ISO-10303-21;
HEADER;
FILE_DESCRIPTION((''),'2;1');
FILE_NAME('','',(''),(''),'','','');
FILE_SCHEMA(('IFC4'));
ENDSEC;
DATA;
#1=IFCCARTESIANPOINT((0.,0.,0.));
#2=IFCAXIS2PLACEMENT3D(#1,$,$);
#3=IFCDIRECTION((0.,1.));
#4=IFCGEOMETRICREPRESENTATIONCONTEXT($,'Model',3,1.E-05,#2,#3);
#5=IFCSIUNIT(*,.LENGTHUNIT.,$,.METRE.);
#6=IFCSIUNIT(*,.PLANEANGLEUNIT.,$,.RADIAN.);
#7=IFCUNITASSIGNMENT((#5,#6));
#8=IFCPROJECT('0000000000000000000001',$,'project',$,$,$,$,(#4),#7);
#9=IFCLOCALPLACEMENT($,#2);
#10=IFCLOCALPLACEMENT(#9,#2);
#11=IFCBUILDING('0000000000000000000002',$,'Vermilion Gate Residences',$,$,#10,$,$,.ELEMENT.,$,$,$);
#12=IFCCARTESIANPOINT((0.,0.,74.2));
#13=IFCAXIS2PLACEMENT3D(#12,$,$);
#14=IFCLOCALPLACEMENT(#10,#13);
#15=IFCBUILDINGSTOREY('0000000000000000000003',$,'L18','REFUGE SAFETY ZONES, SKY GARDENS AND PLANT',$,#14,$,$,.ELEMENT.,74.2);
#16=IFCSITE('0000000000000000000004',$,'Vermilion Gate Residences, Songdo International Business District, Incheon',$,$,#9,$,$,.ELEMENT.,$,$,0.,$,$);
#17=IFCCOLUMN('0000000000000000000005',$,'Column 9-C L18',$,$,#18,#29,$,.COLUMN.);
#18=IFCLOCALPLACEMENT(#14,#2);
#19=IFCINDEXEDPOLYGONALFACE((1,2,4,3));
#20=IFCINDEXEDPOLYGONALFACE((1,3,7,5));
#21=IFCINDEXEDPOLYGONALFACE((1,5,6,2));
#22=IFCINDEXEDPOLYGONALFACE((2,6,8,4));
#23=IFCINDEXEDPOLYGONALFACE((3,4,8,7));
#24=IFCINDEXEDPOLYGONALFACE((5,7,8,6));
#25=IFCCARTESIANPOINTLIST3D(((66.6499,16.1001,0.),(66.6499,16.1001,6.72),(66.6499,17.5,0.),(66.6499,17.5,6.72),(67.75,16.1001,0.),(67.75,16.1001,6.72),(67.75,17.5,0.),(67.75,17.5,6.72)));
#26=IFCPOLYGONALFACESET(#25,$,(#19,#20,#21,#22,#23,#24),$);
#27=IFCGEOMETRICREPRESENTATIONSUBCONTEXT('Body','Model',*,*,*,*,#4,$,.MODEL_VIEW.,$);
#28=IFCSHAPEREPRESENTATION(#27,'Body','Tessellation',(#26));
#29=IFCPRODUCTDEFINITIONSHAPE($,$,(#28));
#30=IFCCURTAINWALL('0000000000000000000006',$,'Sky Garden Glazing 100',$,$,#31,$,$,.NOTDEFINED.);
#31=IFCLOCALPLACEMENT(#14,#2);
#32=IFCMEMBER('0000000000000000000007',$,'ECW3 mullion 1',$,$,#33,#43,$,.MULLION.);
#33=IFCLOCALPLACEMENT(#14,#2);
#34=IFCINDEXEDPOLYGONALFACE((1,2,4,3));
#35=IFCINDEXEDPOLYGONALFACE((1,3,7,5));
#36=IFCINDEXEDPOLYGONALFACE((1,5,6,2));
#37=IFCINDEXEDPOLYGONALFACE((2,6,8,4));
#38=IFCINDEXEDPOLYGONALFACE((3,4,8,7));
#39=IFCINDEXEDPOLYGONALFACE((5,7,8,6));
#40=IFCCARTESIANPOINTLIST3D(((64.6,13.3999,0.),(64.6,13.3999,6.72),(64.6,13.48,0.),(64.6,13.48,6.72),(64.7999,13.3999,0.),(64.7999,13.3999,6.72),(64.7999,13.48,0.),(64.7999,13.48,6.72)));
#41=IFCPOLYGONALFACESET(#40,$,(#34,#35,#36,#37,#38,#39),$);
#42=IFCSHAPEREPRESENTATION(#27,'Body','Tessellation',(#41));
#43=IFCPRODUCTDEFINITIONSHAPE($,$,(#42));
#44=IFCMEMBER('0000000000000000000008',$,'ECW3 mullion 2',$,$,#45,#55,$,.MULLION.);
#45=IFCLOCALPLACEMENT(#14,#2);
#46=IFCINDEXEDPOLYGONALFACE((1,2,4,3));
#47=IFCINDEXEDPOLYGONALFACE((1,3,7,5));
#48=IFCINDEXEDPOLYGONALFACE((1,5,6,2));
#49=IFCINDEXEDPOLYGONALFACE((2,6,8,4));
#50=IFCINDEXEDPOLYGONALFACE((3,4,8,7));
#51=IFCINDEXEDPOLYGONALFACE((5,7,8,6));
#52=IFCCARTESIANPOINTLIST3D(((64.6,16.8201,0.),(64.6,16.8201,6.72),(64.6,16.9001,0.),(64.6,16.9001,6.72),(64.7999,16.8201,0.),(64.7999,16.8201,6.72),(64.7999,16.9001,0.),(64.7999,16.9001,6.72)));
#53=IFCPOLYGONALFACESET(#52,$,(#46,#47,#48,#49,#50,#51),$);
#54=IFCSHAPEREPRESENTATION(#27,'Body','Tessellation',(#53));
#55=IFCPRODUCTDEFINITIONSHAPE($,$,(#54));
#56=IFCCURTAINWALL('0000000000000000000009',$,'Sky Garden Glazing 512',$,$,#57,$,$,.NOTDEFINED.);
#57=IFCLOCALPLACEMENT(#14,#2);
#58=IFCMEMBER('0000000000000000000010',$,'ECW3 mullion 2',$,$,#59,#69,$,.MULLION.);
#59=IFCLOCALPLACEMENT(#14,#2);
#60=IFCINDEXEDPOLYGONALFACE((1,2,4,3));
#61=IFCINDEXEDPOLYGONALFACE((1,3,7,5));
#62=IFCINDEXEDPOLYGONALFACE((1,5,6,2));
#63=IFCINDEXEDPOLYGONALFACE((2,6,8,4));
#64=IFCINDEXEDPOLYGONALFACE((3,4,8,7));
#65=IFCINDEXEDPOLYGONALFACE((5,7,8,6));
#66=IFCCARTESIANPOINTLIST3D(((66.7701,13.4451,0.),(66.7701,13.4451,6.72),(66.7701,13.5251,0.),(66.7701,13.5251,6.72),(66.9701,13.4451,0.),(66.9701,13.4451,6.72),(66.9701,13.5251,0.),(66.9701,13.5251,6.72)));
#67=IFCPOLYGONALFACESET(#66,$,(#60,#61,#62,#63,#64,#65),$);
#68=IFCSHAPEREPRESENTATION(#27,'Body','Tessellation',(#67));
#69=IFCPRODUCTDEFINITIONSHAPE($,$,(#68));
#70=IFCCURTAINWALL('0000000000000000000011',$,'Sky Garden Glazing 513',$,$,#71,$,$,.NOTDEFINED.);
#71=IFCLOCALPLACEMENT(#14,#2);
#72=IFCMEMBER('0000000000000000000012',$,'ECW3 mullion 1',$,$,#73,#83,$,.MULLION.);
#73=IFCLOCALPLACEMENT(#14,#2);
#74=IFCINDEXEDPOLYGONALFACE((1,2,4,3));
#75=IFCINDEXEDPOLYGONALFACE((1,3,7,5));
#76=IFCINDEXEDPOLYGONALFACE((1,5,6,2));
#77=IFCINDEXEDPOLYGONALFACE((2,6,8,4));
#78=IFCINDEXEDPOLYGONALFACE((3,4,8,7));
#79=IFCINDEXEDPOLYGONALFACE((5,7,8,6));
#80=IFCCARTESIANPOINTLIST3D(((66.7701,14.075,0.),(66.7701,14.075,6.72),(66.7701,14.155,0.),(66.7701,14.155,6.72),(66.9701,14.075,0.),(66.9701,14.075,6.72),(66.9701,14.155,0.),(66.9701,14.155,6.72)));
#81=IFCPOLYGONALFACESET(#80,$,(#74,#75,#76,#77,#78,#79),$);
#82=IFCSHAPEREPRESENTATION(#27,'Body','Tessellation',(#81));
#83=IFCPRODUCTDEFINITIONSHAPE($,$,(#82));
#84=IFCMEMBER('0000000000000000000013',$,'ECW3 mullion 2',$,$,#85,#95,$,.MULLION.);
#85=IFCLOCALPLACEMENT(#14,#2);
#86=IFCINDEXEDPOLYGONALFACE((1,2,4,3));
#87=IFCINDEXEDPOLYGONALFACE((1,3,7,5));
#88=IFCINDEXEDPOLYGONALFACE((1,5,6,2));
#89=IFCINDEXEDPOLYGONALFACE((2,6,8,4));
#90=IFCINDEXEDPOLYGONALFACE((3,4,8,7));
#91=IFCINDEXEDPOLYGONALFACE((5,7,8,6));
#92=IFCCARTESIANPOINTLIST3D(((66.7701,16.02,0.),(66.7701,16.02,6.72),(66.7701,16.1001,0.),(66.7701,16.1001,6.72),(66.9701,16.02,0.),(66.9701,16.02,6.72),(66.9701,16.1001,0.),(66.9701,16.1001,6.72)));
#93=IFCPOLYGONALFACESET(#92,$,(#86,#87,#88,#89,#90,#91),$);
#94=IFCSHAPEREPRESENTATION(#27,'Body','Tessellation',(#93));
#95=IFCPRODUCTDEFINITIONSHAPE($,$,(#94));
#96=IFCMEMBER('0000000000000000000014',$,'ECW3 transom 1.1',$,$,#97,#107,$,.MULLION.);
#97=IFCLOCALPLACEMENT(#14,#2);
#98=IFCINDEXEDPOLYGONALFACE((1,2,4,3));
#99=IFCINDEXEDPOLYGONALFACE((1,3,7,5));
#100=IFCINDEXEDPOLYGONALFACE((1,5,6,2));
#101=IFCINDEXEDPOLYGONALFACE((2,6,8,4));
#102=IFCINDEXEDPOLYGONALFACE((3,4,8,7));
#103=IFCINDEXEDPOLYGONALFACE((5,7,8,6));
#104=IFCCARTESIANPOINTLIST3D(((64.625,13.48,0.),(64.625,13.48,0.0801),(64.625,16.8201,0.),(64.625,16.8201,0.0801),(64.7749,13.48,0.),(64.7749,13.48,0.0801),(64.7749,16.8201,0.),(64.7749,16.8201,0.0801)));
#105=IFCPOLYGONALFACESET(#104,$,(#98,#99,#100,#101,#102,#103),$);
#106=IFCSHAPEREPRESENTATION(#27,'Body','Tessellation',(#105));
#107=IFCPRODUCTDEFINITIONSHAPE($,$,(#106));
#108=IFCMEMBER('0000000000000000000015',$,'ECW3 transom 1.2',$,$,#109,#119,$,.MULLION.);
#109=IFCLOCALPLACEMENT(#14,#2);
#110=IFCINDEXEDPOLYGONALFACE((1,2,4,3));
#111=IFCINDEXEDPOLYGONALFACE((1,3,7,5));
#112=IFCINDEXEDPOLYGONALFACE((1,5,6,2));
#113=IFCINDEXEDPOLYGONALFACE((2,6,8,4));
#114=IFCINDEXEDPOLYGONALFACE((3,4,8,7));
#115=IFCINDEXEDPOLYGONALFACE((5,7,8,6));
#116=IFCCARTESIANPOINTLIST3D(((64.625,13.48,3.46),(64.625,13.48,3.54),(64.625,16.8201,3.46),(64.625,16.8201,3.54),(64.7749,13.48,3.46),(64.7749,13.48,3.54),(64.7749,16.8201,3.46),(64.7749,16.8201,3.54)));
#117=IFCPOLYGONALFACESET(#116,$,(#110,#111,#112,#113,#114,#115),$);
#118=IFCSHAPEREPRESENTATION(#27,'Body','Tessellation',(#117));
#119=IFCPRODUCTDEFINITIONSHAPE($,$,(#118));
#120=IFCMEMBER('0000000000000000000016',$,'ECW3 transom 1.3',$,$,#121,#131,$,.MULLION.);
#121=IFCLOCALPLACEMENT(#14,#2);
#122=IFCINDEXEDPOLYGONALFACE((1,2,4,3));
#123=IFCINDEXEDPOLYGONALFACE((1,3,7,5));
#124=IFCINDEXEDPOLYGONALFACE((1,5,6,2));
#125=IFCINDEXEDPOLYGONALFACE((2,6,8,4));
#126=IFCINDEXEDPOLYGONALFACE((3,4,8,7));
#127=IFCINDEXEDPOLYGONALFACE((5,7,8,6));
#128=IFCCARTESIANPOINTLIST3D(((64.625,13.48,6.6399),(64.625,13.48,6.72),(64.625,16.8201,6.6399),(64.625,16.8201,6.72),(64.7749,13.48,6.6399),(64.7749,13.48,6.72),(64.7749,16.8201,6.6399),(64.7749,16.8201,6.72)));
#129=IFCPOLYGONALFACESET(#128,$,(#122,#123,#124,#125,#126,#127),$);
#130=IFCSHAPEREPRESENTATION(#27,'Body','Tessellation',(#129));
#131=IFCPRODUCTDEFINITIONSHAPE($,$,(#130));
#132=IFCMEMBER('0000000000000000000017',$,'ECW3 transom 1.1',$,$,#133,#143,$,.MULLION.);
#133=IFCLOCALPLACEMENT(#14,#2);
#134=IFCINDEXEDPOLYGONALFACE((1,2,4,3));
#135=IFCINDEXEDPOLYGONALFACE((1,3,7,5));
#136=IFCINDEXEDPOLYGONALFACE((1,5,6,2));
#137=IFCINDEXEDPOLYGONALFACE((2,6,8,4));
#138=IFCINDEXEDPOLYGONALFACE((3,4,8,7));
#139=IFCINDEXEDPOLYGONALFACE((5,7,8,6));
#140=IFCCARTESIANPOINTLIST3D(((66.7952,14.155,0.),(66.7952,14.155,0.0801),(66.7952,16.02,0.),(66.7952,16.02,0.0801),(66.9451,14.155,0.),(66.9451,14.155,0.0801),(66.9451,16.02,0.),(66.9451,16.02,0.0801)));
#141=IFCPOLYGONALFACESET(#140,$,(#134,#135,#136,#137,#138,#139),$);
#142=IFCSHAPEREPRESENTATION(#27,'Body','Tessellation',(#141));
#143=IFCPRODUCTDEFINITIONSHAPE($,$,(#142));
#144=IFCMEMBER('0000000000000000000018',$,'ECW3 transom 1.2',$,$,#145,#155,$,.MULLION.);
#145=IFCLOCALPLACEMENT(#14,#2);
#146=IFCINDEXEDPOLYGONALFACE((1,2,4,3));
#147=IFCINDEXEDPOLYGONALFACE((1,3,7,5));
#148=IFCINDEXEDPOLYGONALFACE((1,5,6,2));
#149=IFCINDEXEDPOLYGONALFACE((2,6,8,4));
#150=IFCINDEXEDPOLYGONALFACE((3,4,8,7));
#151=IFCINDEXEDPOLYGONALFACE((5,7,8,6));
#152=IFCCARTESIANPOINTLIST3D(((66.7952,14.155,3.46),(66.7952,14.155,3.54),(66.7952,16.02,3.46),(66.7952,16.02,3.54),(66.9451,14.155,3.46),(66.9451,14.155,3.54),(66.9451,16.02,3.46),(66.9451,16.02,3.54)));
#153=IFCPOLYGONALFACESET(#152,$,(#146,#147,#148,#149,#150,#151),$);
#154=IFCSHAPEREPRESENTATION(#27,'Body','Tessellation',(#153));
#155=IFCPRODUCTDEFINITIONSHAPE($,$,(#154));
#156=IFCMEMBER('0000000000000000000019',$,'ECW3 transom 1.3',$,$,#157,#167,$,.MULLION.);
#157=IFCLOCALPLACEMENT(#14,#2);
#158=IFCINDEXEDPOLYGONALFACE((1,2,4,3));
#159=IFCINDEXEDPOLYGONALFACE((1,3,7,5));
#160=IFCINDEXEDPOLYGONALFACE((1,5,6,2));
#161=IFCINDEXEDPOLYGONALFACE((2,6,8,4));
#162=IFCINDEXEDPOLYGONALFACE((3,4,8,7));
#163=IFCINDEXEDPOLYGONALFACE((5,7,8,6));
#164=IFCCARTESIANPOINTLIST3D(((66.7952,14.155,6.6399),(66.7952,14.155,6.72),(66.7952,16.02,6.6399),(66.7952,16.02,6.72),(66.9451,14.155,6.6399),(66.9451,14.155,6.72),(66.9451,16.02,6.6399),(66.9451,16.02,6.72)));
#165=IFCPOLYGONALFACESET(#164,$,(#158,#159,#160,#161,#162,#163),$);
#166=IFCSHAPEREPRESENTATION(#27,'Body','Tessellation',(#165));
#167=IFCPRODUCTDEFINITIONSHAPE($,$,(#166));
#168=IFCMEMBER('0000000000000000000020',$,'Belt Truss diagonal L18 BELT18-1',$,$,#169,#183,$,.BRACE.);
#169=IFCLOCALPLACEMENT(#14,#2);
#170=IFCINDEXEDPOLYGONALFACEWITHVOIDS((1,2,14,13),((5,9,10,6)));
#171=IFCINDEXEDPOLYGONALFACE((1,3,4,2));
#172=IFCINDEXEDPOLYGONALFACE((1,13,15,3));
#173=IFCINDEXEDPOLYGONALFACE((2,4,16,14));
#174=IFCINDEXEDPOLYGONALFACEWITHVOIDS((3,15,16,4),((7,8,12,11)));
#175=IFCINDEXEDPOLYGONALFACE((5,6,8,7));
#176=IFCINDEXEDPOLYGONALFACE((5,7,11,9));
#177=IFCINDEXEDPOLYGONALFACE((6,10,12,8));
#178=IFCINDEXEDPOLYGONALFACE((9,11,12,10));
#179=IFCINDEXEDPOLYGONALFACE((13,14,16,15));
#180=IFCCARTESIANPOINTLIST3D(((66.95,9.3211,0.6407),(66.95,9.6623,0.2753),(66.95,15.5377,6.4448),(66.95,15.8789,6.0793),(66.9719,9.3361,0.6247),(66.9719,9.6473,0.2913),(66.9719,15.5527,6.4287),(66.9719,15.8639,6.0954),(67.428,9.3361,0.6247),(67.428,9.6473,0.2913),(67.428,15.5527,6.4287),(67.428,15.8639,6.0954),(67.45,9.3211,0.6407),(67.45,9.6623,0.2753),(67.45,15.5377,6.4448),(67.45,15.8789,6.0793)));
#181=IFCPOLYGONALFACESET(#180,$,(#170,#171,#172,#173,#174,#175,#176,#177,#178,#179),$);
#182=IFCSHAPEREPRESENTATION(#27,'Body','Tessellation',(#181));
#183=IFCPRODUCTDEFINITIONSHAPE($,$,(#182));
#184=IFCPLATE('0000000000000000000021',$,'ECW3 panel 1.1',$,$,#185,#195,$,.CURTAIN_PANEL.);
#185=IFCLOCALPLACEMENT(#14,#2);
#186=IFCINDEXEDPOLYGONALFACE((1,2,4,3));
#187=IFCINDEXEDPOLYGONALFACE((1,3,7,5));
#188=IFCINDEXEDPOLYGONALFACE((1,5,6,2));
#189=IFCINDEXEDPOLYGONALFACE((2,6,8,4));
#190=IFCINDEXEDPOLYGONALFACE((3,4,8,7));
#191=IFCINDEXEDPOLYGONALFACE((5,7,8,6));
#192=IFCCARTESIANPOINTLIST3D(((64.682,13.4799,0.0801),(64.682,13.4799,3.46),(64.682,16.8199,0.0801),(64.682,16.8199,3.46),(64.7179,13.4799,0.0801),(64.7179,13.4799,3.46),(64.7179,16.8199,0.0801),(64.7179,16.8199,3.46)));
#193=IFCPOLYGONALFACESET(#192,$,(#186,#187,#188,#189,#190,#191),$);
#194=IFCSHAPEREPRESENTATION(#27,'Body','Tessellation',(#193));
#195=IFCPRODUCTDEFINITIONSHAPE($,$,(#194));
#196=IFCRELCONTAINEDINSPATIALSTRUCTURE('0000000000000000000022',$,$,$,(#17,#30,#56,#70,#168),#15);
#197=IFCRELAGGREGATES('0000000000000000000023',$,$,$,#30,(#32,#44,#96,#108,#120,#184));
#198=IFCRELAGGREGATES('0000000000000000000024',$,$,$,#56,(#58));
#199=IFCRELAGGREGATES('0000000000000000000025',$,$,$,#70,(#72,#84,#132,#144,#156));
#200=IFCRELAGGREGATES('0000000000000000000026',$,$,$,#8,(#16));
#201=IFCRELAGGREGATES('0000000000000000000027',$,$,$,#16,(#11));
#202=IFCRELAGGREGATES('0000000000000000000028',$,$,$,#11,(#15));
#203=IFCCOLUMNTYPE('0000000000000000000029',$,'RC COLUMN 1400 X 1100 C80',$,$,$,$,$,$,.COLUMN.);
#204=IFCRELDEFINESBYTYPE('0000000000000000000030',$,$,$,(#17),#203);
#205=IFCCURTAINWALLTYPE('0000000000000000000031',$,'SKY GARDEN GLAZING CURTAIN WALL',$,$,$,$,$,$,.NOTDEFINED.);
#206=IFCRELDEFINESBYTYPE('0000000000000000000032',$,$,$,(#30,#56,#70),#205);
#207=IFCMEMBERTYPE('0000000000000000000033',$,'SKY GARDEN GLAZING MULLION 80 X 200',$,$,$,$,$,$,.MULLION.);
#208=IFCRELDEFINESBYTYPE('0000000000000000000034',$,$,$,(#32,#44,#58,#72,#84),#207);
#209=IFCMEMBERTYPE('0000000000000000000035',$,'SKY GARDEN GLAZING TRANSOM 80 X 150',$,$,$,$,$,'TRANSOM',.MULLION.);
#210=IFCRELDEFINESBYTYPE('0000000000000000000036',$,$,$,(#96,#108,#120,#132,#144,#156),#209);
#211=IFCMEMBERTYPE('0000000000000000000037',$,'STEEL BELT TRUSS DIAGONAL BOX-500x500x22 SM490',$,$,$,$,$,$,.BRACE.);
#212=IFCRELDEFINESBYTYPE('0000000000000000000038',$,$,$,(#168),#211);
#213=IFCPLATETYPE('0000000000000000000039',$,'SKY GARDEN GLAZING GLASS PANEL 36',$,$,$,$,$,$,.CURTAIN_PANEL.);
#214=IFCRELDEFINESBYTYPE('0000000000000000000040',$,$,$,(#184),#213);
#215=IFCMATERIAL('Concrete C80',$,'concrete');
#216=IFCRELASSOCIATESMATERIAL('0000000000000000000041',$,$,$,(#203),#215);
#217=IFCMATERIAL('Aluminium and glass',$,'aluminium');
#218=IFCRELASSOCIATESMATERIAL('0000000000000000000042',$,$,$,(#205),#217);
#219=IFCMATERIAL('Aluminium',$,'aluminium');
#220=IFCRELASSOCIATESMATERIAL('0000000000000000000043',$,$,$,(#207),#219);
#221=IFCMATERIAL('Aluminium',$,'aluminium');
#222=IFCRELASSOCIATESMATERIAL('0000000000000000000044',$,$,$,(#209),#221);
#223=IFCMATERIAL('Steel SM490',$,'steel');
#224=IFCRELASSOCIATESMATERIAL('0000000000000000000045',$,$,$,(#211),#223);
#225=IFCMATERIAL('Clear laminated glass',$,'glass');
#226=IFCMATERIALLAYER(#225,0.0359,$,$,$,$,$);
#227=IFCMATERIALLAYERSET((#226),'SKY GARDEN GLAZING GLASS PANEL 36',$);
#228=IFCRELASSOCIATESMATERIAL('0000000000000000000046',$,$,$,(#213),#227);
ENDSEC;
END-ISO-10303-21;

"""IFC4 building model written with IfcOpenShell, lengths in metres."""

from ifc_helpers import new_model, si_unit, direction, frame, origin, origin_2d, place, context, subcontext, project, spatial, rectangle, hollow_rectangle, extrude, material, layer, layer_set, material_profile, profile_set, type_object, element, aggregate, save


model = new_model("IFC4")

# Units and contexts
model_context = context("Model", 3, precision=1e-05, world=origin(), true_north=direction((0.0, 1.0)))
body_context = subcontext(model_context, "Body", "Model", "MODEL_VIEW")
ifc_project = project(units=[si_unit("LENGTHUNIT", "METRE"), si_unit("PLANEANGLEUNIT", "RADIAN")], contexts=[model_context])

# Site, building, storey
site_placement = place(None, origin())
site = spatial("IfcSite", under=ifc_project, at=site_placement, Name="Vermilion Gate Residences, Songdo International Business District, Incheon", CompositionType="ELEMENT", RefElevation=0.0)
building_placement = place(site_placement, origin())
building = spatial("IfcBuilding", under=site, at=building_placement, Name="Vermilion Gate Residences", CompositionType="ELEMENT")
storey_placement = place(building_placement, frame((0.0, 0.0, 74.2)))
storey = spatial("IfcBuildingStorey", under=building, at=storey_placement, Name="L18", Description="REFUGE SAFETY ZONES, SKY GARDENS AND PLANT", CompositionType="ELEMENT", Elevation=74.2)

# Column
ifc_material_1 = material(Name="Concrete C80", Category="concrete")
ifc_material_profile_1 = material_profile(ifc_material_1, rectangle(XDim=1.3999, YDim=1.1001, at=origin_2d()), Name="RC-1400x1100")
ifc_profile_set_1 = profile_set([ifc_material_profile_1], Name="Concrete C80")
column_type = type_object("IfcColumnType", Name="RC COLUMN 1400 X 1100 C80", PredefinedType="COLUMN", material=ifc_profile_set_1)
column_placement = place(storey_placement, frame((67.2, 16.8, 0.0), z_axis=(0.0, 0.0, 1.0), x_axis=(0.0, 1.0, 0.0)))
element("IfcColumn", 1, at=column_placement, inside=storey, type_object=column_type, Name="Column 9-C L18", PredefinedType="COLUMN", context=body_context, shape_type="SweptSolid", body=[
    extrude(rectangle(XDim=1.3999, YDim=1.1001, at=origin_2d()), origin(), (0.0, 0.0, 1.0), 6.72),
])

# Curtain wall, members
ifc_material_2 = material(Name="Aluminium and glass", Category="aluminium")
curtain_wall_type = type_object("IfcCurtainWallType", Name="SKY GARDEN GLAZING CURTAIN WALL", PredefinedType="NOTDEFINED", material=ifc_material_2)
curtain_wall_1_placement = place(storey_placement, origin())
curtain_wall_1 = element("IfcCurtainWall", 2, at=curtain_wall_1_placement, inside=storey, type_object=curtain_wall_type, Name="Sky Garden Glazing 100", PredefinedType="NOTDEFINED")
ifc_material_3 = material(Name="Aluminium", Category="aluminium")
ifc_material_profile_2 = material_profile(ifc_material_3, rectangle(XDim=0.2, YDim=0.0801, at=origin_2d()), Name="MULLION 80 X 200")
ifc_profile_set_2 = profile_set([ifc_material_profile_2], Name="Aluminium")
member_type_1 = type_object("IfcMemberType", Name="SKY GARDEN GLAZING MULLION 80 X 200", PredefinedType="MULLION", material=ifc_profile_set_2)
member_1_placement = place(storey_placement, frame((64.7, 13.4399, 0.0), z_axis=(0.0, 0.0, 1.0), x_axis=(-1.0, 0.0, 0.0)))
member_1 = element("IfcMember", 3, at=member_1_placement, type_object=member_type_1, Name="ECW3 mullion 1", PredefinedType="MULLION", context=body_context, shape_type="SweptSolid", body=[
    extrude(rectangle(XDim=0.2, YDim=0.0801, at=origin_2d()), origin(), (0.0, 0.0, 1.0), 6.72),
])
member_2_placement = place(storey_placement, frame((64.7, 16.8601, 0.0), z_axis=(0.0, 0.0, 1.0), x_axis=(-1.0, 0.0, 0.0)))
member_2 = element("IfcMember", 4, at=member_2_placement, type_object=member_type_1, Name="ECW3 mullion 2", PredefinedType="MULLION", context=body_context, shape_type="SweptSolid", body=[
    extrude(rectangle(XDim=0.2, YDim=0.0801, at=origin_2d()), origin(), (0.0, 0.0, 1.0), 6.72),
])

# Curtain wall, member
curtain_wall_2_placement = place(storey_placement, origin())
curtain_wall_2 = element("IfcCurtainWall", 5, at=curtain_wall_2_placement, inside=storey, type_object=curtain_wall_type, Name="Sky Garden Glazing 512", PredefinedType="NOTDEFINED")
member_3_placement = place(storey_placement, frame((66.8701, 13.4851, 0.0), z_axis=(0.0, 0.0, 1.0), x_axis=(-1.0, 0.0, 0.0)))
member_3 = element("IfcMember", 6, at=member_3_placement, type_object=member_type_1, Name="ECW3 mullion 2", PredefinedType="MULLION", context=body_context, shape_type="SweptSolid", body=[
    extrude(rectangle(XDim=0.2, YDim=0.0801, at=origin_2d()), origin(), (0.0, 0.0, 1.0), 6.72),
])

# Curtain wall, members
curtain_wall_3_placement = place(storey_placement, origin())
curtain_wall_3 = element("IfcCurtainWall", 7, at=curtain_wall_3_placement, inside=storey, type_object=curtain_wall_type, Name="Sky Garden Glazing 513", PredefinedType="NOTDEFINED")
member_4_placement = place(storey_placement, frame((66.8701, 14.115, 0.0), z_axis=(0.0, 0.0, 1.0), x_axis=(-1.0, 0.0, 0.0)))
member_4 = element("IfcMember", 8, at=member_4_placement, type_object=member_type_1, Name="ECW3 mullion 1", PredefinedType="MULLION", context=body_context, shape_type="SweptSolid", body=[
    extrude(rectangle(XDim=0.2, YDim=0.0801, at=origin_2d()), origin(), (0.0, 0.0, 1.0), 6.72),
])
member_5_placement = place(storey_placement, frame((66.8701, 16.0601, 0.0), z_axis=(0.0, 0.0, 1.0), x_axis=(-1.0, 0.0, 0.0)))
member_5 = element("IfcMember", 9, at=member_5_placement, type_object=member_type_1, Name="ECW3 mullion 2", PredefinedType="MULLION", context=body_context, shape_type="SweptSolid", body=[
    extrude(rectangle(XDim=0.2, YDim=0.0801, at=origin_2d()), origin(), (0.0, 0.0, 1.0), 6.72),
])

# Members
ifc_material_4 = material(Name="Aluminium", Category="aluminium")
ifc_material_profile_3 = material_profile(ifc_material_4, rectangle(XDim=0.1499, YDim=0.0801, at=origin_2d()), Name="TRANSOM 80 X 150")
ifc_profile_set_3 = profile_set([ifc_material_profile_3], Name="Aluminium")
member_type_2 = type_object("IfcMemberType", Name="SKY GARDEN GLAZING TRANSOM 80 X 150", ElementType="TRANSOM", PredefinedType="MULLION", material=ifc_profile_set_3)
member_6_placement = place(storey_placement, frame((64.7, 13.48, 0.04), z_axis=(0.0, 1.0, 0.0), x_axis=(-1.0, 0.0, 0.0)))
member_6 = element("IfcMember", 10, at=member_6_placement, type_object=member_type_2, Name="ECW3 transom 1.1", PredefinedType="MULLION", context=body_context, shape_type="SweptSolid", body=[
    extrude(rectangle(XDim=0.1499, YDim=0.0801, at=origin_2d()), origin(), (0.0, 0.0, 1.0), 3.3401),
])
member_7_placement = place(storey_placement, frame((64.7, 13.48, 3.5), z_axis=(0.0, 1.0, 0.0), x_axis=(-1.0, 0.0, 0.0)))
member_7 = element("IfcMember", 11, at=member_7_placement, type_object=member_type_2, Name="ECW3 transom 1.2", PredefinedType="MULLION", context=body_context, shape_type="SweptSolid", body=[
    extrude(rectangle(XDim=0.1499, YDim=0.0801, at=origin_2d()), origin(), (0.0, 0.0, 1.0), 3.3401),
])
member_8_placement = place(storey_placement, frame((64.7, 13.48, 6.6799), z_axis=(0.0, 1.0, 0.0), x_axis=(-1.0, 0.0, 0.0)))
member_8 = element("IfcMember", 12, at=member_8_placement, type_object=member_type_2, Name="ECW3 transom 1.3", PredefinedType="MULLION", context=body_context, shape_type="SweptSolid", body=[
    extrude(rectangle(XDim=0.1499, YDim=0.0801, at=origin_2d()), origin(), (0.0, 0.0, 1.0), 3.3401),
])
member_9_placement = place(storey_placement, frame((66.8701, 14.155, 0.04), z_axis=(0.0, 1.0, 0.0), x_axis=(-1.0, 0.0, 0.0)))
member_9 = element("IfcMember", 13, at=member_9_placement, type_object=member_type_2, Name="ECW3 transom 1.1", PredefinedType="MULLION", context=body_context, shape_type="SweptSolid", body=[
    extrude(rectangle(XDim=0.1499, YDim=0.0801, at=origin_2d()), origin(), (0.0, 0.0, 1.0), 1.865),
])
member_10_placement = place(storey_placement, frame((66.8701, 14.155, 3.5), z_axis=(0.0, 1.0, 0.0), x_axis=(-1.0, 0.0, 0.0)))
member_10 = element("IfcMember", 14, at=member_10_placement, type_object=member_type_2, Name="ECW3 transom 1.2", PredefinedType="MULLION", context=body_context, shape_type="SweptSolid", body=[
    extrude(rectangle(XDim=0.1499, YDim=0.0801, at=origin_2d()), origin(), (0.0, 0.0, 1.0), 1.865),
])
member_11_placement = place(storey_placement, frame((66.8701, 14.155, 6.6799), z_axis=(0.0, 1.0, 0.0), x_axis=(-1.0, 0.0, 0.0)))
member_11 = element("IfcMember", 15, at=member_11_placement, type_object=member_type_2, Name="ECW3 transom 1.3", PredefinedType="MULLION", context=body_context, shape_type="SweptSolid", body=[
    extrude(rectangle(XDim=0.1499, YDim=0.0801, at=origin_2d()), origin(), (0.0, 0.0, 1.0), 1.865),
])
ifc_material_5 = material(Name="Steel SM490", Category="steel")
ifc_material_profile_4 = material_profile(ifc_material_5, hollow_rectangle(XDim=0.5, YDim=0.5, WallThickness=0.022, at=origin_2d()), Name="BOX-500x500x22")
ifc_profile_set_4 = profile_set([ifc_material_profile_4], Name="Steel SM490")
member_type_3 = type_object("IfcMemberType", Name="STEEL BELT TRUSS DIAGONAL BOX-500x500x22 SM490", PredefinedType="BRACE", material=ifc_profile_set_4)
member_12_placement = place(storey_placement, frame((67.2, 9.4917, 0.458), z_axis=(0.0, 0.730947, 0.682434), x_axis=(-1.0, 0.0, 0.0)))
element("IfcMember", 16, at=member_12_placement, inside=storey, type_object=member_type_3, Name="Belt Truss diagonal L18 BELT18-1", PredefinedType="BRACE", context=body_context, shape_type="SweptSolid", body=[
    extrude(hollow_rectangle(XDim=0.5, YDim=0.5, WallThickness=0.022, at=origin_2d()), origin(), (0.0, 0.0, 1.0), 8.5049),
])

# Plate
ifc_material_6 = material(Name="Clear laminated glass", Category="glass")
ifc_layer = layer(ifc_material_6, 0.0359)
ifc_layer_set = layer_set([ifc_layer], Name="SKY GARDEN GLAZING GLASS PANEL 36")
plate_type = type_object("IfcPlateType", Name="SKY GARDEN GLAZING GLASS PANEL 36", PredefinedType="CURTAIN_PANEL", material=ifc_layer_set)
plate_1_placement = place(storey_placement, frame((64.7, 15.1499, 0.0801), z_axis=(0.0, 0.0, 1.0), x_axis=(0.0, 1.0, 0.0)))
plate_1 = element("IfcPlate", 17, at=plate_1_placement, type_object=plate_type, Name="ECW3 panel 1.1", PredefinedType="CURTAIN_PANEL", context=body_context, shape_type="SweptSolid", body=[
    extrude(rectangle(XDim=3.3401, YDim=0.0359, at=origin_2d()), origin(), (0.0, 0.0, 1.0), 3.3799),
])
aggregate(curtain_wall_1, [member_1, member_2, member_6, member_7, member_8, plate_1])
aggregate(curtain_wall_2, [member_3])
aggregate(curtain_wall_3, [member_4, member_5, member_9, member_10, member_11])

save(model, "model.ifc")
